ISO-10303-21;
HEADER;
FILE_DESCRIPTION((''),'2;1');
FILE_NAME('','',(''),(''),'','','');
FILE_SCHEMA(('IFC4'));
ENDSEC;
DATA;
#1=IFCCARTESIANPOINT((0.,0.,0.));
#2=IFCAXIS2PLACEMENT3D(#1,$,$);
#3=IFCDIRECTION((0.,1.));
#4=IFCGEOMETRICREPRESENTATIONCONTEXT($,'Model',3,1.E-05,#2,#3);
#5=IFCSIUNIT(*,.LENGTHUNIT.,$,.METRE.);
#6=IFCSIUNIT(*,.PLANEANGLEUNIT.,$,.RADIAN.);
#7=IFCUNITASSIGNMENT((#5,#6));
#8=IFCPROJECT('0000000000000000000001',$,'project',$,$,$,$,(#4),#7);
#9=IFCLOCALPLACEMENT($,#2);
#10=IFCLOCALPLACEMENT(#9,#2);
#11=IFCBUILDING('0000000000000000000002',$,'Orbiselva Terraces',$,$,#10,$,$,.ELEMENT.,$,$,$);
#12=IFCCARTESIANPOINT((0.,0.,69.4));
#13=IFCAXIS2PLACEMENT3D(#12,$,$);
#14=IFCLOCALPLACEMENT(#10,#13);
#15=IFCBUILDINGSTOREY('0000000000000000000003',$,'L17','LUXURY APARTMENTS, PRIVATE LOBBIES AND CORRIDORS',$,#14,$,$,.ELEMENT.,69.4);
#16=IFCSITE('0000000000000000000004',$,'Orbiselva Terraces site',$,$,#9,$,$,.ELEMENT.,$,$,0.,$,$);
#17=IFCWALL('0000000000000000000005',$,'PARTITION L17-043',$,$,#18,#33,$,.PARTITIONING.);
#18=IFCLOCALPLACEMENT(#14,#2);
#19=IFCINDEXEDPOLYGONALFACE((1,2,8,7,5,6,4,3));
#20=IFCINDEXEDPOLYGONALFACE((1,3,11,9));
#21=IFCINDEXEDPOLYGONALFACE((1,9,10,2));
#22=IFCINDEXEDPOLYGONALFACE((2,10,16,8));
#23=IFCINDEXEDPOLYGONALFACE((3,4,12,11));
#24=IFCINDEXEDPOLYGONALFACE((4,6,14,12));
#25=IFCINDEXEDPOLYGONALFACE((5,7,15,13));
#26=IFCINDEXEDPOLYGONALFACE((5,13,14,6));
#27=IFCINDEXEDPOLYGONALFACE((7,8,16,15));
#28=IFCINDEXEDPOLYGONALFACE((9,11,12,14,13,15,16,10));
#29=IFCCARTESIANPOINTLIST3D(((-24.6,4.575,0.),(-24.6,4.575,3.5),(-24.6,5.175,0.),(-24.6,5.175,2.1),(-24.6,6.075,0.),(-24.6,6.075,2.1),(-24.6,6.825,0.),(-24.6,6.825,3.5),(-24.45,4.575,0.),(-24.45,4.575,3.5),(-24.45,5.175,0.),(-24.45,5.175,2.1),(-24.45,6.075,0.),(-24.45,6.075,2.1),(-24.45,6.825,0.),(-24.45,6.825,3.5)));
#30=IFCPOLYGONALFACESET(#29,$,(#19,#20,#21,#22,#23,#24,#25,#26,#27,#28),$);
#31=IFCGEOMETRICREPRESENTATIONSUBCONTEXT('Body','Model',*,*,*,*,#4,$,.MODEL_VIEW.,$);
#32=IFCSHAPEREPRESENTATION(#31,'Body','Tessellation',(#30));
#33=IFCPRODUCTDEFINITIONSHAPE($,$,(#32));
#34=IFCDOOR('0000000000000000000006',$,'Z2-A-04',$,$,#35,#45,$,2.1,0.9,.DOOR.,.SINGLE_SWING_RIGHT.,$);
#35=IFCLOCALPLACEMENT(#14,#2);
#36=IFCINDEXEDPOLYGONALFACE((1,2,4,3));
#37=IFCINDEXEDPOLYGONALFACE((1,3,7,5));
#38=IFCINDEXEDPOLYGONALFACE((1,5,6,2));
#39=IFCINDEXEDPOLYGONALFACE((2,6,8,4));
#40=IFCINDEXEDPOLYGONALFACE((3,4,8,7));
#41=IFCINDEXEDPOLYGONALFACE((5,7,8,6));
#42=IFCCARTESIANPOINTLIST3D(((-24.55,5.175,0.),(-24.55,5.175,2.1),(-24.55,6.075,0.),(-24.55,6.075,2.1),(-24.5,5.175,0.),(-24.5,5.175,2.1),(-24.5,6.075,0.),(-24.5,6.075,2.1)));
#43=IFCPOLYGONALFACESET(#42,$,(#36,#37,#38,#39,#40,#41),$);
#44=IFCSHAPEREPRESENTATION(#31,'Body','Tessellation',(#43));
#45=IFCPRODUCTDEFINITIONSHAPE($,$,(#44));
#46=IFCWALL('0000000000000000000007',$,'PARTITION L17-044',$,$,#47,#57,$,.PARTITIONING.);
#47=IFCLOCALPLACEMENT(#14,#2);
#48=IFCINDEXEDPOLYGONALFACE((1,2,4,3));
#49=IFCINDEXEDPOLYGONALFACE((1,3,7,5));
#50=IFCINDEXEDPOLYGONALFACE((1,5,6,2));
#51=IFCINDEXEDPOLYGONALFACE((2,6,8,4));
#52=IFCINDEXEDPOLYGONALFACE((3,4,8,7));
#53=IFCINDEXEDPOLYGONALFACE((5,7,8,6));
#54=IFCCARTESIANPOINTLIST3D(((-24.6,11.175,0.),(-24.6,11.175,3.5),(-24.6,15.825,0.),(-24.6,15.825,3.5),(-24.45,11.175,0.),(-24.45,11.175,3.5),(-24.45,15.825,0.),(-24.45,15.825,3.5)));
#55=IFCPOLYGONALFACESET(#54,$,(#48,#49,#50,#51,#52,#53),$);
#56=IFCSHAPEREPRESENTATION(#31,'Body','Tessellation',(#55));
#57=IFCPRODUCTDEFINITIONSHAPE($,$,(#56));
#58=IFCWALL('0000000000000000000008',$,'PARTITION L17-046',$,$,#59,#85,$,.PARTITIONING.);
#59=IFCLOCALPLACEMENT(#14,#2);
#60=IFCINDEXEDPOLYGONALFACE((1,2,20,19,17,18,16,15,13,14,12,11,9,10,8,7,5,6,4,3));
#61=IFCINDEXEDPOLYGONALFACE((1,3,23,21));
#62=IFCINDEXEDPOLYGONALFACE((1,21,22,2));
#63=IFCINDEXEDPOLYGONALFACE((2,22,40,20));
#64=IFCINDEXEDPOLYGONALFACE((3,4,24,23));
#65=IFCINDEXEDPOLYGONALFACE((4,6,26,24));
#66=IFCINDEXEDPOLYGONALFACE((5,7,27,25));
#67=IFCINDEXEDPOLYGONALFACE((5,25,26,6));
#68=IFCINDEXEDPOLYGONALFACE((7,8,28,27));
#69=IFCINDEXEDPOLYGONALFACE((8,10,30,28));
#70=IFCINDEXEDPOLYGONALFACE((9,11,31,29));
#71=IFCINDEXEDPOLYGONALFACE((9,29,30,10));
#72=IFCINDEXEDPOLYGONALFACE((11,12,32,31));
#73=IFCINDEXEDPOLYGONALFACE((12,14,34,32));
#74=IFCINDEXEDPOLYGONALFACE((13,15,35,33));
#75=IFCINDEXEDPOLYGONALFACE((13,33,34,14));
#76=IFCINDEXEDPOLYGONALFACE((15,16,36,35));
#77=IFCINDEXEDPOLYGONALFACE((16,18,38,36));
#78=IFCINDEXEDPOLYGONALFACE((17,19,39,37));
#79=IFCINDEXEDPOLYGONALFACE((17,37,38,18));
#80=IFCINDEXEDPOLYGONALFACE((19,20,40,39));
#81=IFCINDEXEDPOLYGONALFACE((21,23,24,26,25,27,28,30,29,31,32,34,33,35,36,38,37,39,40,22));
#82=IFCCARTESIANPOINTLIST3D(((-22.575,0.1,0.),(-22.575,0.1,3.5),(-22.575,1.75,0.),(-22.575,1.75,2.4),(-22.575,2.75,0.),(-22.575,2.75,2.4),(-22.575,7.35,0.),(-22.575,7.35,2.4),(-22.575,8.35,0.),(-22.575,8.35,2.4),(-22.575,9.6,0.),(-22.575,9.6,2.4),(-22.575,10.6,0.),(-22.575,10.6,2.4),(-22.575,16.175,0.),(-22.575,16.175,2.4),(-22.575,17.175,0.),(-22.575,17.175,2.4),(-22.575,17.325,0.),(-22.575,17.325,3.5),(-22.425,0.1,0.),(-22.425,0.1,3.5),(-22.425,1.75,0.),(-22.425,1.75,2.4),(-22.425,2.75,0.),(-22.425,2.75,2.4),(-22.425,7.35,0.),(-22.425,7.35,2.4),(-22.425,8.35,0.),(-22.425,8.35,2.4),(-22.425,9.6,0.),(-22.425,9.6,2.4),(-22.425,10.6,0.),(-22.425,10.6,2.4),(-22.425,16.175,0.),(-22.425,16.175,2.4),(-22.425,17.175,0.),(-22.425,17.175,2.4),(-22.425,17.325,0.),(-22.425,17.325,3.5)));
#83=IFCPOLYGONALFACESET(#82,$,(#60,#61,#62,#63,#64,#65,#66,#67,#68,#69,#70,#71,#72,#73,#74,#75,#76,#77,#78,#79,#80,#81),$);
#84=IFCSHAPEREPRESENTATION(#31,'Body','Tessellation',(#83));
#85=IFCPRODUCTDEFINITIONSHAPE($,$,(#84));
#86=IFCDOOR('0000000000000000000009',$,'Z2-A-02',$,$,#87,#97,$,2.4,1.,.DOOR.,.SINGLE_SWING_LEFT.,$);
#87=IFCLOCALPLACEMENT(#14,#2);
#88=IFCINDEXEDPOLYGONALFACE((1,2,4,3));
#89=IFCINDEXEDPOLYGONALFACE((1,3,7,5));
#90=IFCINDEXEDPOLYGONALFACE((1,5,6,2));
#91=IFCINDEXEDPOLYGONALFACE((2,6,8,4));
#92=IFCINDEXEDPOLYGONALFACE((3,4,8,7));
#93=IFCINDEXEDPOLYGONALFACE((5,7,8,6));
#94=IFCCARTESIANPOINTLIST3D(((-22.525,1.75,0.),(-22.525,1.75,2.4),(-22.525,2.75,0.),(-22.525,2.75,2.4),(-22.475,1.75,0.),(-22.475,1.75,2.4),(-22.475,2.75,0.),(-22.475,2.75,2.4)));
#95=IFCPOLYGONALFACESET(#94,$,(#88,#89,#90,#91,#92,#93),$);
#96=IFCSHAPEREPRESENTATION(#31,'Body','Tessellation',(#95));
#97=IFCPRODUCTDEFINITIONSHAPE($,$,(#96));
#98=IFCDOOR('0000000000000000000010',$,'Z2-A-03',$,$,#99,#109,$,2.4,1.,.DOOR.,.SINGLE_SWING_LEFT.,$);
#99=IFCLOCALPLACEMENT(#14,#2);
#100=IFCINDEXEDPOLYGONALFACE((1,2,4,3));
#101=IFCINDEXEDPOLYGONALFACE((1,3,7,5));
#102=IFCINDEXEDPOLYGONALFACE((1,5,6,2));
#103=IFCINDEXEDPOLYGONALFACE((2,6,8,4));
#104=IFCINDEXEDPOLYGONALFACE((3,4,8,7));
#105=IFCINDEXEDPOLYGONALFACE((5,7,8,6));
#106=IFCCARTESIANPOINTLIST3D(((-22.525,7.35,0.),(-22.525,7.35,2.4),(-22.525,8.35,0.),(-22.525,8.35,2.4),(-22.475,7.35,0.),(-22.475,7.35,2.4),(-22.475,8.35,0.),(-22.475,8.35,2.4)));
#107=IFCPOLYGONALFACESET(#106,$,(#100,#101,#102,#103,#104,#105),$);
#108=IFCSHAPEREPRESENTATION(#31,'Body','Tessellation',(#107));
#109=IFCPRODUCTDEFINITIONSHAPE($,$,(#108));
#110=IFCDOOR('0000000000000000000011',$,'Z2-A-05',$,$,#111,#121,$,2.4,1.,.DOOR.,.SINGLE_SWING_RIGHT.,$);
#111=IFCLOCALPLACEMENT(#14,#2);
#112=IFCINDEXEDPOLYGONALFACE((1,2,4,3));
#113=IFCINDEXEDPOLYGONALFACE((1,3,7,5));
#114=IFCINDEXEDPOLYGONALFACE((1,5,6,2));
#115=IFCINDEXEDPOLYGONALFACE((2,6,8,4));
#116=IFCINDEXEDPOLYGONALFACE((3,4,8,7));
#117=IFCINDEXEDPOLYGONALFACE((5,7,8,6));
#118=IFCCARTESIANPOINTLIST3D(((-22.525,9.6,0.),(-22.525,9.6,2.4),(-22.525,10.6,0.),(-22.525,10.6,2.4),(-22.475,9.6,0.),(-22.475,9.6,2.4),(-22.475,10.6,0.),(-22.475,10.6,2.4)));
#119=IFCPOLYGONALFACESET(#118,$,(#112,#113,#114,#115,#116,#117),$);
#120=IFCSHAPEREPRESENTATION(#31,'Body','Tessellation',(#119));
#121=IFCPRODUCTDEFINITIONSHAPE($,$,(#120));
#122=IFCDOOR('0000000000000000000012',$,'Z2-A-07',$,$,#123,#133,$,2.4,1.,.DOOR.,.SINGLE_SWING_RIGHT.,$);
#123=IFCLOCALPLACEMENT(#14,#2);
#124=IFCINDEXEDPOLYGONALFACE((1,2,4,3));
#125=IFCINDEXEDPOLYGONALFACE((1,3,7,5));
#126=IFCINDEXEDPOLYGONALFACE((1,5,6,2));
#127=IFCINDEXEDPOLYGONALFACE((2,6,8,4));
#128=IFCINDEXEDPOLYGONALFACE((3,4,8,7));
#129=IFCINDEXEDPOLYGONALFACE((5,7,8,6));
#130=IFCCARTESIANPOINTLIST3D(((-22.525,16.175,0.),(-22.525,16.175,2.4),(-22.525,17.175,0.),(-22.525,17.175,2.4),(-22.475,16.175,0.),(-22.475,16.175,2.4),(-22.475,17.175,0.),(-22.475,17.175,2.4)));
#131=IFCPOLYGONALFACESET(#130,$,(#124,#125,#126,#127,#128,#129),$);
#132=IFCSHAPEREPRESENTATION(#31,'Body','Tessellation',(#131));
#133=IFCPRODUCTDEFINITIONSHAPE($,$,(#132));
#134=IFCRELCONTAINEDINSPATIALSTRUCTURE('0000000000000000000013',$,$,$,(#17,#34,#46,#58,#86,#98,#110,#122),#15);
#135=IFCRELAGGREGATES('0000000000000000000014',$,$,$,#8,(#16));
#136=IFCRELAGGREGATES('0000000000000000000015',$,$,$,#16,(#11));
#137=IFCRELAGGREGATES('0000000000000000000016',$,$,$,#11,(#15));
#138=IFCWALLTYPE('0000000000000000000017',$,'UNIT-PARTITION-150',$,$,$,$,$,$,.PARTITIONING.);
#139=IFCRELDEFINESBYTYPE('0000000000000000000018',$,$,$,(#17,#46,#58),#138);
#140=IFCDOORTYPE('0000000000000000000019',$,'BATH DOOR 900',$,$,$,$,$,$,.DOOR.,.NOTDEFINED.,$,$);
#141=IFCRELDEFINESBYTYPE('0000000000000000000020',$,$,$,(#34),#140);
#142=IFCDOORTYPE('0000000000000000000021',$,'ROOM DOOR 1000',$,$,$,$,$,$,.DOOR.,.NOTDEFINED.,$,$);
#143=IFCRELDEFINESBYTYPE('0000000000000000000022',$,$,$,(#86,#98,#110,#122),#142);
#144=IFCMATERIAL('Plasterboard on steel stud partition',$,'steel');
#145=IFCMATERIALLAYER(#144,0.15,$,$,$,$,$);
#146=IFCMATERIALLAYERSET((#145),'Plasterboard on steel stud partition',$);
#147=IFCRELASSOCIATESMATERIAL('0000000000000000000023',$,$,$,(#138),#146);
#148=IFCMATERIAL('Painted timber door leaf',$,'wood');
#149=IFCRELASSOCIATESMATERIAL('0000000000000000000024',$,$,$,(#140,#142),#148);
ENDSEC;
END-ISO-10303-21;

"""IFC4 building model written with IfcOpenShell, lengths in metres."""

from ifc_helpers import new_model, si_unit, direction, frame, frame_2d, origin, place, context, subcontext, project, spatial, rectangle, extrude, material, layer, layer_set, type_object, element, fill, save


model = new_model("IFC4")

# Units and contexts
model_context = context("Model", 3, precision=1e-05, world=origin(), true_north=direction((0.0, 1.0)))
body_context = subcontext(model_context, "Body", "Model", "MODEL_VIEW")
ifc_project = project(units=[si_unit("LENGTHUNIT", "METRE"), si_unit("PLANEANGLEUNIT", "RADIAN")], contexts=[model_context])

# Site, building, storey
site_placement = place(None, origin())
site = spatial("IfcSite", under=ifc_project, at=site_placement, Name="Orbiselva Terraces site", CompositionType="ELEMENT", RefElevation=0.0)
building_placement = place(site_placement, origin())
building = spatial("IfcBuilding", under=site, at=building_placement, Name="Orbiselva Terraces", CompositionType="ELEMENT")
storey_placement = place(building_placement, frame((0.0, 0.0, 69.4)))
storey = spatial("IfcBuildingStorey", under=building, at=storey_placement, Name="L17", Description="LUXURY APARTMENTS, PRIVATE LOBBIES AND CORRIDORS", CompositionType="ELEMENT", Elevation=69.4)

# Shared definitions
ifc_material_1 = material(Name="Plasterboard on steel stud partition", Category="steel")
ifc_layer_1 = layer(ifc_material_1, 0.15)
ifc_layer_set_1 = layer_set([ifc_layer_1], Name="Plasterboard on steel stud partition")
wall_type_1 = type_object("IfcWallType", Name="UNIT-PARTITION-150", PredefinedType="PARTITIONING", material=ifc_layer_set_1)

# Shared definitions
ifc_material_2 = material(Name="Painted timber door leaf", Category="wood")
door_type_1 = type_object("IfcDoorType", Name="BATH DOOR 900", OperationType="NOTDEFINED", PredefinedType="DOOR", material=ifc_material_2)

# Wall, opening, door
wall_1_placement = place(storey_placement, frame((-24.525, 6.825, 0.0), z_axis=(0.0, 0.0, 1.0), x_axis=(0.0, -1.0, 0.0)))
wall_1 = element("IfcWall", 1, at=wall_1_placement, inside=storey, type_object=wall_type_1, Name="PARTITION L17-043", PredefinedType="PARTITIONING", context=body_context, shape_type="SweptSolid", body=[
    extrude(rectangle(XDim=2.25, YDim=0.15, at=frame_2d((1.125, 0.0))), origin(), (0.0, 0.0, 1.0), 3.5),
])
opening_1_placement = place(wall_1_placement, frame((0.75, 0.0, 0.0)))
opening_1 = element("IfcOpeningElement", 2, at=opening_1_placement, cuts=wall_1, PredefinedType="OPENING", context=body_context, shape_type="SweptSolid", body=[
    extrude(rectangle(XDim=0.9, YDim=2.1, at=frame_2d((0.45, 1.05))), frame((0.0, 0.085, 0.0), z_axis=(0.0, -1.0, 0.0), x_axis=(1.0, 0.0, 0.0)), (0.0, 0.0, 1.0), 0.17),
])
door_1_placement = place(opening_1_placement, origin())
door_1 = element("IfcDoor", 3, at=door_1_placement, inside=storey, type_object=door_type_1, Name="Z2-A-04", OperationType="SINGLE_SWING_RIGHT", OverallHeight=2.1, OverallWidth=0.9, PredefinedType="DOOR", context=body_context, shape_type="SweptSolid", body=[
    extrude(rectangle(XDim=0.9, YDim=2.1, at=frame_2d((0.45, 1.05))), frame((0.0, 0.025, 0.0), z_axis=(0.0, -1.0, 0.0), x_axis=(1.0, 0.0, 0.0)), (0.0, 0.0, 1.0), 0.05),
])
fill(opening_1, door_1)

# Wall
wall_2_placement = place(storey_placement, frame((-24.525, 11.175, 0.0), z_axis=(0.0, 0.0, 1.0), x_axis=(0.0, 1.0, 0.0)))
element("IfcWall", 4, at=wall_2_placement, inside=storey, type_object=wall_type_1, Name="PARTITION L17-044", PredefinedType="PARTITIONING", context=body_context, shape_type="SweptSolid", body=[
    extrude(rectangle(XDim=4.65, YDim=0.15, at=frame_2d((2.325, 0.0))), origin(), (0.0, 0.0, 1.0), 3.5),
])

# Wall, openings, doors
wall_3_placement = place(storey_placement, frame((-22.5, 0.1, 0.0), z_axis=(0.0, 0.0, 1.0), x_axis=(0.0, 1.0, 0.0)))
wall_3 = element("IfcWall", 5, at=wall_3_placement, inside=storey, type_object=wall_type_1, Name="PARTITION L17-046", PredefinedType="PARTITIONING", context=body_context, shape_type="SweptSolid", body=[
    extrude(rectangle(XDim=17.225, YDim=0.15, at=frame_2d((8.6125, 0.0))), origin(), (0.0, 0.0, 1.0), 3.5),
])
opening_2_placement = place(wall_3_placement, frame((1.65, 0.0, 0.0)))
opening_2 = element("IfcOpeningElement", 6, at=opening_2_placement, cuts=wall_3, PredefinedType="OPENING", context=body_context, shape_type="SweptSolid", body=[
    extrude(rectangle(XDim=1.0, YDim=2.4, at=frame_2d((0.5, 1.2))), frame((0.0, 0.085, 0.0), z_axis=(0.0, -1.0, 0.0), x_axis=(1.0, 0.0, 0.0)), (0.0, 0.0, 1.0), 0.17),
])
opening_3_placement = place(wall_3_placement, frame((7.25, 0.0, 0.0)))
opening_3 = element("IfcOpeningElement", 7, at=opening_3_placement, cuts=wall_3, PredefinedType="OPENING", context=body_context, shape_type="SweptSolid", body=[
    extrude(rectangle(XDim=1.0, YDim=2.4, at=frame_2d((0.5, 1.2))), frame((0.0, 0.085, 0.0), z_axis=(0.0, -1.0, 0.0), x_axis=(1.0, 0.0, 0.0)), (0.0, 0.0, 1.0), 0.17),
])
opening_4_placement = place(wall_3_placement, frame((9.5, 0.0, 0.0)))
opening_4 = element("IfcOpeningElement", 8, at=opening_4_placement, cuts=wall_3, PredefinedType="OPENING", context=body_context, shape_type="SweptSolid", body=[
    extrude(rectangle(XDim=1.0, YDim=2.4, at=frame_2d((0.5, 1.2))), frame((0.0, 0.085, 0.0), z_axis=(0.0, -1.0, 0.0), x_axis=(1.0, 0.0, 0.0)), (0.0, 0.0, 1.0), 0.17),
])
opening_5_placement = place(wall_3_placement, frame((16.075, 0.0, 0.0)))
opening_5 = element("IfcOpeningElement", 9, at=opening_5_placement, cuts=wall_3, PredefinedType="OPENING", context=body_context, shape_type="SweptSolid", body=[
    extrude(rectangle(XDim=1.0, YDim=2.4, at=frame_2d((0.5, 1.2))), frame((0.0, 0.085, 0.0), z_axis=(0.0, -1.0, 0.0), x_axis=(1.0, 0.0, 0.0)), (0.0, 0.0, 1.0), 0.17),
])
door_type_2 = type_object("IfcDoorType", Name="ROOM DOOR 1000", OperationType="NOTDEFINED", PredefinedType="DOOR", material=ifc_material_2)
door_2_placement = place(opening_2_placement, origin())
door_2 = element("IfcDoor", 10, at=door_2_placement, inside=storey, type_object=door_type_2, Name="Z2-A-02", OperationType="SINGLE_SWING_LEFT", OverallHeight=2.4, OverallWidth=1.0, PredefinedType="DOOR", context=body_context, shape_type="SweptSolid", body=[
    extrude(rectangle(XDim=1.0, YDim=2.4, at=frame_2d((0.5, 1.2))), frame((0.0, 0.025, 0.0), z_axis=(0.0, -1.0, 0.0), x_axis=(1.0, 0.0, 0.0)), (0.0, 0.0, 1.0), 0.05),
])
fill(opening_2, door_2)
door_3_placement = place(opening_3_placement, origin())
door_3 = element("IfcDoor", 11, at=door_3_placement, inside=storey, type_object=door_type_2, Name="Z2-A-03", OperationType="SINGLE_SWING_LEFT", OverallHeight=2.4, OverallWidth=1.0, PredefinedType="DOOR", context=body_context, shape_type="SweptSolid", body=[
    extrude(rectangle(XDim=1.0, YDim=2.4, at=frame_2d((0.5, 1.2))), frame((0.0, 0.025, 0.0), z_axis=(0.0, -1.0, 0.0), x_axis=(1.0, 0.0, 0.0)), (0.0, 0.0, 1.0), 0.05),
])
fill(opening_3, door_3)
door_4_placement = place(opening_4_placement, origin())
door_4 = element("IfcDoor", 12, at=door_4_placement, inside=storey, type_object=door_type_2, Name="Z2-A-05", OperationType="SINGLE_SWING_RIGHT", OverallHeight=2.4, OverallWidth=1.0, PredefinedType="DOOR", context=body_context, shape_type="SweptSolid", body=[
    extrude(rectangle(XDim=1.0, YDim=2.4, at=frame_2d((0.5, 1.2))), frame((0.0, 0.025, 0.0), z_axis=(0.0, -1.0, 0.0), x_axis=(1.0, 0.0, 0.0)), (0.0, 0.0, 1.0), 0.05),
])
fill(opening_4, door_4)
door_5_placement = place(opening_5_placement, origin())
door_5 = element("IfcDoor", 13, at=door_5_placement, inside=storey, type_object=door_type_2, Name="Z2-A-07", OperationType="SINGLE_SWING_RIGHT", OverallHeight=2.4, OverallWidth=1.0, PredefinedType="DOOR", context=body_context, shape_type="SweptSolid", body=[
    extrude(rectangle(XDim=1.0, YDim=2.4, at=frame_2d((0.5, 1.2))), frame((0.0, 0.025, 0.0), z_axis=(0.0, -1.0, 0.0), x_axis=(1.0, 0.0, 0.0)), (0.0, 0.0, 1.0), 0.05),
])
fill(opening_5, door_5)

save(model, "model.ifc")
